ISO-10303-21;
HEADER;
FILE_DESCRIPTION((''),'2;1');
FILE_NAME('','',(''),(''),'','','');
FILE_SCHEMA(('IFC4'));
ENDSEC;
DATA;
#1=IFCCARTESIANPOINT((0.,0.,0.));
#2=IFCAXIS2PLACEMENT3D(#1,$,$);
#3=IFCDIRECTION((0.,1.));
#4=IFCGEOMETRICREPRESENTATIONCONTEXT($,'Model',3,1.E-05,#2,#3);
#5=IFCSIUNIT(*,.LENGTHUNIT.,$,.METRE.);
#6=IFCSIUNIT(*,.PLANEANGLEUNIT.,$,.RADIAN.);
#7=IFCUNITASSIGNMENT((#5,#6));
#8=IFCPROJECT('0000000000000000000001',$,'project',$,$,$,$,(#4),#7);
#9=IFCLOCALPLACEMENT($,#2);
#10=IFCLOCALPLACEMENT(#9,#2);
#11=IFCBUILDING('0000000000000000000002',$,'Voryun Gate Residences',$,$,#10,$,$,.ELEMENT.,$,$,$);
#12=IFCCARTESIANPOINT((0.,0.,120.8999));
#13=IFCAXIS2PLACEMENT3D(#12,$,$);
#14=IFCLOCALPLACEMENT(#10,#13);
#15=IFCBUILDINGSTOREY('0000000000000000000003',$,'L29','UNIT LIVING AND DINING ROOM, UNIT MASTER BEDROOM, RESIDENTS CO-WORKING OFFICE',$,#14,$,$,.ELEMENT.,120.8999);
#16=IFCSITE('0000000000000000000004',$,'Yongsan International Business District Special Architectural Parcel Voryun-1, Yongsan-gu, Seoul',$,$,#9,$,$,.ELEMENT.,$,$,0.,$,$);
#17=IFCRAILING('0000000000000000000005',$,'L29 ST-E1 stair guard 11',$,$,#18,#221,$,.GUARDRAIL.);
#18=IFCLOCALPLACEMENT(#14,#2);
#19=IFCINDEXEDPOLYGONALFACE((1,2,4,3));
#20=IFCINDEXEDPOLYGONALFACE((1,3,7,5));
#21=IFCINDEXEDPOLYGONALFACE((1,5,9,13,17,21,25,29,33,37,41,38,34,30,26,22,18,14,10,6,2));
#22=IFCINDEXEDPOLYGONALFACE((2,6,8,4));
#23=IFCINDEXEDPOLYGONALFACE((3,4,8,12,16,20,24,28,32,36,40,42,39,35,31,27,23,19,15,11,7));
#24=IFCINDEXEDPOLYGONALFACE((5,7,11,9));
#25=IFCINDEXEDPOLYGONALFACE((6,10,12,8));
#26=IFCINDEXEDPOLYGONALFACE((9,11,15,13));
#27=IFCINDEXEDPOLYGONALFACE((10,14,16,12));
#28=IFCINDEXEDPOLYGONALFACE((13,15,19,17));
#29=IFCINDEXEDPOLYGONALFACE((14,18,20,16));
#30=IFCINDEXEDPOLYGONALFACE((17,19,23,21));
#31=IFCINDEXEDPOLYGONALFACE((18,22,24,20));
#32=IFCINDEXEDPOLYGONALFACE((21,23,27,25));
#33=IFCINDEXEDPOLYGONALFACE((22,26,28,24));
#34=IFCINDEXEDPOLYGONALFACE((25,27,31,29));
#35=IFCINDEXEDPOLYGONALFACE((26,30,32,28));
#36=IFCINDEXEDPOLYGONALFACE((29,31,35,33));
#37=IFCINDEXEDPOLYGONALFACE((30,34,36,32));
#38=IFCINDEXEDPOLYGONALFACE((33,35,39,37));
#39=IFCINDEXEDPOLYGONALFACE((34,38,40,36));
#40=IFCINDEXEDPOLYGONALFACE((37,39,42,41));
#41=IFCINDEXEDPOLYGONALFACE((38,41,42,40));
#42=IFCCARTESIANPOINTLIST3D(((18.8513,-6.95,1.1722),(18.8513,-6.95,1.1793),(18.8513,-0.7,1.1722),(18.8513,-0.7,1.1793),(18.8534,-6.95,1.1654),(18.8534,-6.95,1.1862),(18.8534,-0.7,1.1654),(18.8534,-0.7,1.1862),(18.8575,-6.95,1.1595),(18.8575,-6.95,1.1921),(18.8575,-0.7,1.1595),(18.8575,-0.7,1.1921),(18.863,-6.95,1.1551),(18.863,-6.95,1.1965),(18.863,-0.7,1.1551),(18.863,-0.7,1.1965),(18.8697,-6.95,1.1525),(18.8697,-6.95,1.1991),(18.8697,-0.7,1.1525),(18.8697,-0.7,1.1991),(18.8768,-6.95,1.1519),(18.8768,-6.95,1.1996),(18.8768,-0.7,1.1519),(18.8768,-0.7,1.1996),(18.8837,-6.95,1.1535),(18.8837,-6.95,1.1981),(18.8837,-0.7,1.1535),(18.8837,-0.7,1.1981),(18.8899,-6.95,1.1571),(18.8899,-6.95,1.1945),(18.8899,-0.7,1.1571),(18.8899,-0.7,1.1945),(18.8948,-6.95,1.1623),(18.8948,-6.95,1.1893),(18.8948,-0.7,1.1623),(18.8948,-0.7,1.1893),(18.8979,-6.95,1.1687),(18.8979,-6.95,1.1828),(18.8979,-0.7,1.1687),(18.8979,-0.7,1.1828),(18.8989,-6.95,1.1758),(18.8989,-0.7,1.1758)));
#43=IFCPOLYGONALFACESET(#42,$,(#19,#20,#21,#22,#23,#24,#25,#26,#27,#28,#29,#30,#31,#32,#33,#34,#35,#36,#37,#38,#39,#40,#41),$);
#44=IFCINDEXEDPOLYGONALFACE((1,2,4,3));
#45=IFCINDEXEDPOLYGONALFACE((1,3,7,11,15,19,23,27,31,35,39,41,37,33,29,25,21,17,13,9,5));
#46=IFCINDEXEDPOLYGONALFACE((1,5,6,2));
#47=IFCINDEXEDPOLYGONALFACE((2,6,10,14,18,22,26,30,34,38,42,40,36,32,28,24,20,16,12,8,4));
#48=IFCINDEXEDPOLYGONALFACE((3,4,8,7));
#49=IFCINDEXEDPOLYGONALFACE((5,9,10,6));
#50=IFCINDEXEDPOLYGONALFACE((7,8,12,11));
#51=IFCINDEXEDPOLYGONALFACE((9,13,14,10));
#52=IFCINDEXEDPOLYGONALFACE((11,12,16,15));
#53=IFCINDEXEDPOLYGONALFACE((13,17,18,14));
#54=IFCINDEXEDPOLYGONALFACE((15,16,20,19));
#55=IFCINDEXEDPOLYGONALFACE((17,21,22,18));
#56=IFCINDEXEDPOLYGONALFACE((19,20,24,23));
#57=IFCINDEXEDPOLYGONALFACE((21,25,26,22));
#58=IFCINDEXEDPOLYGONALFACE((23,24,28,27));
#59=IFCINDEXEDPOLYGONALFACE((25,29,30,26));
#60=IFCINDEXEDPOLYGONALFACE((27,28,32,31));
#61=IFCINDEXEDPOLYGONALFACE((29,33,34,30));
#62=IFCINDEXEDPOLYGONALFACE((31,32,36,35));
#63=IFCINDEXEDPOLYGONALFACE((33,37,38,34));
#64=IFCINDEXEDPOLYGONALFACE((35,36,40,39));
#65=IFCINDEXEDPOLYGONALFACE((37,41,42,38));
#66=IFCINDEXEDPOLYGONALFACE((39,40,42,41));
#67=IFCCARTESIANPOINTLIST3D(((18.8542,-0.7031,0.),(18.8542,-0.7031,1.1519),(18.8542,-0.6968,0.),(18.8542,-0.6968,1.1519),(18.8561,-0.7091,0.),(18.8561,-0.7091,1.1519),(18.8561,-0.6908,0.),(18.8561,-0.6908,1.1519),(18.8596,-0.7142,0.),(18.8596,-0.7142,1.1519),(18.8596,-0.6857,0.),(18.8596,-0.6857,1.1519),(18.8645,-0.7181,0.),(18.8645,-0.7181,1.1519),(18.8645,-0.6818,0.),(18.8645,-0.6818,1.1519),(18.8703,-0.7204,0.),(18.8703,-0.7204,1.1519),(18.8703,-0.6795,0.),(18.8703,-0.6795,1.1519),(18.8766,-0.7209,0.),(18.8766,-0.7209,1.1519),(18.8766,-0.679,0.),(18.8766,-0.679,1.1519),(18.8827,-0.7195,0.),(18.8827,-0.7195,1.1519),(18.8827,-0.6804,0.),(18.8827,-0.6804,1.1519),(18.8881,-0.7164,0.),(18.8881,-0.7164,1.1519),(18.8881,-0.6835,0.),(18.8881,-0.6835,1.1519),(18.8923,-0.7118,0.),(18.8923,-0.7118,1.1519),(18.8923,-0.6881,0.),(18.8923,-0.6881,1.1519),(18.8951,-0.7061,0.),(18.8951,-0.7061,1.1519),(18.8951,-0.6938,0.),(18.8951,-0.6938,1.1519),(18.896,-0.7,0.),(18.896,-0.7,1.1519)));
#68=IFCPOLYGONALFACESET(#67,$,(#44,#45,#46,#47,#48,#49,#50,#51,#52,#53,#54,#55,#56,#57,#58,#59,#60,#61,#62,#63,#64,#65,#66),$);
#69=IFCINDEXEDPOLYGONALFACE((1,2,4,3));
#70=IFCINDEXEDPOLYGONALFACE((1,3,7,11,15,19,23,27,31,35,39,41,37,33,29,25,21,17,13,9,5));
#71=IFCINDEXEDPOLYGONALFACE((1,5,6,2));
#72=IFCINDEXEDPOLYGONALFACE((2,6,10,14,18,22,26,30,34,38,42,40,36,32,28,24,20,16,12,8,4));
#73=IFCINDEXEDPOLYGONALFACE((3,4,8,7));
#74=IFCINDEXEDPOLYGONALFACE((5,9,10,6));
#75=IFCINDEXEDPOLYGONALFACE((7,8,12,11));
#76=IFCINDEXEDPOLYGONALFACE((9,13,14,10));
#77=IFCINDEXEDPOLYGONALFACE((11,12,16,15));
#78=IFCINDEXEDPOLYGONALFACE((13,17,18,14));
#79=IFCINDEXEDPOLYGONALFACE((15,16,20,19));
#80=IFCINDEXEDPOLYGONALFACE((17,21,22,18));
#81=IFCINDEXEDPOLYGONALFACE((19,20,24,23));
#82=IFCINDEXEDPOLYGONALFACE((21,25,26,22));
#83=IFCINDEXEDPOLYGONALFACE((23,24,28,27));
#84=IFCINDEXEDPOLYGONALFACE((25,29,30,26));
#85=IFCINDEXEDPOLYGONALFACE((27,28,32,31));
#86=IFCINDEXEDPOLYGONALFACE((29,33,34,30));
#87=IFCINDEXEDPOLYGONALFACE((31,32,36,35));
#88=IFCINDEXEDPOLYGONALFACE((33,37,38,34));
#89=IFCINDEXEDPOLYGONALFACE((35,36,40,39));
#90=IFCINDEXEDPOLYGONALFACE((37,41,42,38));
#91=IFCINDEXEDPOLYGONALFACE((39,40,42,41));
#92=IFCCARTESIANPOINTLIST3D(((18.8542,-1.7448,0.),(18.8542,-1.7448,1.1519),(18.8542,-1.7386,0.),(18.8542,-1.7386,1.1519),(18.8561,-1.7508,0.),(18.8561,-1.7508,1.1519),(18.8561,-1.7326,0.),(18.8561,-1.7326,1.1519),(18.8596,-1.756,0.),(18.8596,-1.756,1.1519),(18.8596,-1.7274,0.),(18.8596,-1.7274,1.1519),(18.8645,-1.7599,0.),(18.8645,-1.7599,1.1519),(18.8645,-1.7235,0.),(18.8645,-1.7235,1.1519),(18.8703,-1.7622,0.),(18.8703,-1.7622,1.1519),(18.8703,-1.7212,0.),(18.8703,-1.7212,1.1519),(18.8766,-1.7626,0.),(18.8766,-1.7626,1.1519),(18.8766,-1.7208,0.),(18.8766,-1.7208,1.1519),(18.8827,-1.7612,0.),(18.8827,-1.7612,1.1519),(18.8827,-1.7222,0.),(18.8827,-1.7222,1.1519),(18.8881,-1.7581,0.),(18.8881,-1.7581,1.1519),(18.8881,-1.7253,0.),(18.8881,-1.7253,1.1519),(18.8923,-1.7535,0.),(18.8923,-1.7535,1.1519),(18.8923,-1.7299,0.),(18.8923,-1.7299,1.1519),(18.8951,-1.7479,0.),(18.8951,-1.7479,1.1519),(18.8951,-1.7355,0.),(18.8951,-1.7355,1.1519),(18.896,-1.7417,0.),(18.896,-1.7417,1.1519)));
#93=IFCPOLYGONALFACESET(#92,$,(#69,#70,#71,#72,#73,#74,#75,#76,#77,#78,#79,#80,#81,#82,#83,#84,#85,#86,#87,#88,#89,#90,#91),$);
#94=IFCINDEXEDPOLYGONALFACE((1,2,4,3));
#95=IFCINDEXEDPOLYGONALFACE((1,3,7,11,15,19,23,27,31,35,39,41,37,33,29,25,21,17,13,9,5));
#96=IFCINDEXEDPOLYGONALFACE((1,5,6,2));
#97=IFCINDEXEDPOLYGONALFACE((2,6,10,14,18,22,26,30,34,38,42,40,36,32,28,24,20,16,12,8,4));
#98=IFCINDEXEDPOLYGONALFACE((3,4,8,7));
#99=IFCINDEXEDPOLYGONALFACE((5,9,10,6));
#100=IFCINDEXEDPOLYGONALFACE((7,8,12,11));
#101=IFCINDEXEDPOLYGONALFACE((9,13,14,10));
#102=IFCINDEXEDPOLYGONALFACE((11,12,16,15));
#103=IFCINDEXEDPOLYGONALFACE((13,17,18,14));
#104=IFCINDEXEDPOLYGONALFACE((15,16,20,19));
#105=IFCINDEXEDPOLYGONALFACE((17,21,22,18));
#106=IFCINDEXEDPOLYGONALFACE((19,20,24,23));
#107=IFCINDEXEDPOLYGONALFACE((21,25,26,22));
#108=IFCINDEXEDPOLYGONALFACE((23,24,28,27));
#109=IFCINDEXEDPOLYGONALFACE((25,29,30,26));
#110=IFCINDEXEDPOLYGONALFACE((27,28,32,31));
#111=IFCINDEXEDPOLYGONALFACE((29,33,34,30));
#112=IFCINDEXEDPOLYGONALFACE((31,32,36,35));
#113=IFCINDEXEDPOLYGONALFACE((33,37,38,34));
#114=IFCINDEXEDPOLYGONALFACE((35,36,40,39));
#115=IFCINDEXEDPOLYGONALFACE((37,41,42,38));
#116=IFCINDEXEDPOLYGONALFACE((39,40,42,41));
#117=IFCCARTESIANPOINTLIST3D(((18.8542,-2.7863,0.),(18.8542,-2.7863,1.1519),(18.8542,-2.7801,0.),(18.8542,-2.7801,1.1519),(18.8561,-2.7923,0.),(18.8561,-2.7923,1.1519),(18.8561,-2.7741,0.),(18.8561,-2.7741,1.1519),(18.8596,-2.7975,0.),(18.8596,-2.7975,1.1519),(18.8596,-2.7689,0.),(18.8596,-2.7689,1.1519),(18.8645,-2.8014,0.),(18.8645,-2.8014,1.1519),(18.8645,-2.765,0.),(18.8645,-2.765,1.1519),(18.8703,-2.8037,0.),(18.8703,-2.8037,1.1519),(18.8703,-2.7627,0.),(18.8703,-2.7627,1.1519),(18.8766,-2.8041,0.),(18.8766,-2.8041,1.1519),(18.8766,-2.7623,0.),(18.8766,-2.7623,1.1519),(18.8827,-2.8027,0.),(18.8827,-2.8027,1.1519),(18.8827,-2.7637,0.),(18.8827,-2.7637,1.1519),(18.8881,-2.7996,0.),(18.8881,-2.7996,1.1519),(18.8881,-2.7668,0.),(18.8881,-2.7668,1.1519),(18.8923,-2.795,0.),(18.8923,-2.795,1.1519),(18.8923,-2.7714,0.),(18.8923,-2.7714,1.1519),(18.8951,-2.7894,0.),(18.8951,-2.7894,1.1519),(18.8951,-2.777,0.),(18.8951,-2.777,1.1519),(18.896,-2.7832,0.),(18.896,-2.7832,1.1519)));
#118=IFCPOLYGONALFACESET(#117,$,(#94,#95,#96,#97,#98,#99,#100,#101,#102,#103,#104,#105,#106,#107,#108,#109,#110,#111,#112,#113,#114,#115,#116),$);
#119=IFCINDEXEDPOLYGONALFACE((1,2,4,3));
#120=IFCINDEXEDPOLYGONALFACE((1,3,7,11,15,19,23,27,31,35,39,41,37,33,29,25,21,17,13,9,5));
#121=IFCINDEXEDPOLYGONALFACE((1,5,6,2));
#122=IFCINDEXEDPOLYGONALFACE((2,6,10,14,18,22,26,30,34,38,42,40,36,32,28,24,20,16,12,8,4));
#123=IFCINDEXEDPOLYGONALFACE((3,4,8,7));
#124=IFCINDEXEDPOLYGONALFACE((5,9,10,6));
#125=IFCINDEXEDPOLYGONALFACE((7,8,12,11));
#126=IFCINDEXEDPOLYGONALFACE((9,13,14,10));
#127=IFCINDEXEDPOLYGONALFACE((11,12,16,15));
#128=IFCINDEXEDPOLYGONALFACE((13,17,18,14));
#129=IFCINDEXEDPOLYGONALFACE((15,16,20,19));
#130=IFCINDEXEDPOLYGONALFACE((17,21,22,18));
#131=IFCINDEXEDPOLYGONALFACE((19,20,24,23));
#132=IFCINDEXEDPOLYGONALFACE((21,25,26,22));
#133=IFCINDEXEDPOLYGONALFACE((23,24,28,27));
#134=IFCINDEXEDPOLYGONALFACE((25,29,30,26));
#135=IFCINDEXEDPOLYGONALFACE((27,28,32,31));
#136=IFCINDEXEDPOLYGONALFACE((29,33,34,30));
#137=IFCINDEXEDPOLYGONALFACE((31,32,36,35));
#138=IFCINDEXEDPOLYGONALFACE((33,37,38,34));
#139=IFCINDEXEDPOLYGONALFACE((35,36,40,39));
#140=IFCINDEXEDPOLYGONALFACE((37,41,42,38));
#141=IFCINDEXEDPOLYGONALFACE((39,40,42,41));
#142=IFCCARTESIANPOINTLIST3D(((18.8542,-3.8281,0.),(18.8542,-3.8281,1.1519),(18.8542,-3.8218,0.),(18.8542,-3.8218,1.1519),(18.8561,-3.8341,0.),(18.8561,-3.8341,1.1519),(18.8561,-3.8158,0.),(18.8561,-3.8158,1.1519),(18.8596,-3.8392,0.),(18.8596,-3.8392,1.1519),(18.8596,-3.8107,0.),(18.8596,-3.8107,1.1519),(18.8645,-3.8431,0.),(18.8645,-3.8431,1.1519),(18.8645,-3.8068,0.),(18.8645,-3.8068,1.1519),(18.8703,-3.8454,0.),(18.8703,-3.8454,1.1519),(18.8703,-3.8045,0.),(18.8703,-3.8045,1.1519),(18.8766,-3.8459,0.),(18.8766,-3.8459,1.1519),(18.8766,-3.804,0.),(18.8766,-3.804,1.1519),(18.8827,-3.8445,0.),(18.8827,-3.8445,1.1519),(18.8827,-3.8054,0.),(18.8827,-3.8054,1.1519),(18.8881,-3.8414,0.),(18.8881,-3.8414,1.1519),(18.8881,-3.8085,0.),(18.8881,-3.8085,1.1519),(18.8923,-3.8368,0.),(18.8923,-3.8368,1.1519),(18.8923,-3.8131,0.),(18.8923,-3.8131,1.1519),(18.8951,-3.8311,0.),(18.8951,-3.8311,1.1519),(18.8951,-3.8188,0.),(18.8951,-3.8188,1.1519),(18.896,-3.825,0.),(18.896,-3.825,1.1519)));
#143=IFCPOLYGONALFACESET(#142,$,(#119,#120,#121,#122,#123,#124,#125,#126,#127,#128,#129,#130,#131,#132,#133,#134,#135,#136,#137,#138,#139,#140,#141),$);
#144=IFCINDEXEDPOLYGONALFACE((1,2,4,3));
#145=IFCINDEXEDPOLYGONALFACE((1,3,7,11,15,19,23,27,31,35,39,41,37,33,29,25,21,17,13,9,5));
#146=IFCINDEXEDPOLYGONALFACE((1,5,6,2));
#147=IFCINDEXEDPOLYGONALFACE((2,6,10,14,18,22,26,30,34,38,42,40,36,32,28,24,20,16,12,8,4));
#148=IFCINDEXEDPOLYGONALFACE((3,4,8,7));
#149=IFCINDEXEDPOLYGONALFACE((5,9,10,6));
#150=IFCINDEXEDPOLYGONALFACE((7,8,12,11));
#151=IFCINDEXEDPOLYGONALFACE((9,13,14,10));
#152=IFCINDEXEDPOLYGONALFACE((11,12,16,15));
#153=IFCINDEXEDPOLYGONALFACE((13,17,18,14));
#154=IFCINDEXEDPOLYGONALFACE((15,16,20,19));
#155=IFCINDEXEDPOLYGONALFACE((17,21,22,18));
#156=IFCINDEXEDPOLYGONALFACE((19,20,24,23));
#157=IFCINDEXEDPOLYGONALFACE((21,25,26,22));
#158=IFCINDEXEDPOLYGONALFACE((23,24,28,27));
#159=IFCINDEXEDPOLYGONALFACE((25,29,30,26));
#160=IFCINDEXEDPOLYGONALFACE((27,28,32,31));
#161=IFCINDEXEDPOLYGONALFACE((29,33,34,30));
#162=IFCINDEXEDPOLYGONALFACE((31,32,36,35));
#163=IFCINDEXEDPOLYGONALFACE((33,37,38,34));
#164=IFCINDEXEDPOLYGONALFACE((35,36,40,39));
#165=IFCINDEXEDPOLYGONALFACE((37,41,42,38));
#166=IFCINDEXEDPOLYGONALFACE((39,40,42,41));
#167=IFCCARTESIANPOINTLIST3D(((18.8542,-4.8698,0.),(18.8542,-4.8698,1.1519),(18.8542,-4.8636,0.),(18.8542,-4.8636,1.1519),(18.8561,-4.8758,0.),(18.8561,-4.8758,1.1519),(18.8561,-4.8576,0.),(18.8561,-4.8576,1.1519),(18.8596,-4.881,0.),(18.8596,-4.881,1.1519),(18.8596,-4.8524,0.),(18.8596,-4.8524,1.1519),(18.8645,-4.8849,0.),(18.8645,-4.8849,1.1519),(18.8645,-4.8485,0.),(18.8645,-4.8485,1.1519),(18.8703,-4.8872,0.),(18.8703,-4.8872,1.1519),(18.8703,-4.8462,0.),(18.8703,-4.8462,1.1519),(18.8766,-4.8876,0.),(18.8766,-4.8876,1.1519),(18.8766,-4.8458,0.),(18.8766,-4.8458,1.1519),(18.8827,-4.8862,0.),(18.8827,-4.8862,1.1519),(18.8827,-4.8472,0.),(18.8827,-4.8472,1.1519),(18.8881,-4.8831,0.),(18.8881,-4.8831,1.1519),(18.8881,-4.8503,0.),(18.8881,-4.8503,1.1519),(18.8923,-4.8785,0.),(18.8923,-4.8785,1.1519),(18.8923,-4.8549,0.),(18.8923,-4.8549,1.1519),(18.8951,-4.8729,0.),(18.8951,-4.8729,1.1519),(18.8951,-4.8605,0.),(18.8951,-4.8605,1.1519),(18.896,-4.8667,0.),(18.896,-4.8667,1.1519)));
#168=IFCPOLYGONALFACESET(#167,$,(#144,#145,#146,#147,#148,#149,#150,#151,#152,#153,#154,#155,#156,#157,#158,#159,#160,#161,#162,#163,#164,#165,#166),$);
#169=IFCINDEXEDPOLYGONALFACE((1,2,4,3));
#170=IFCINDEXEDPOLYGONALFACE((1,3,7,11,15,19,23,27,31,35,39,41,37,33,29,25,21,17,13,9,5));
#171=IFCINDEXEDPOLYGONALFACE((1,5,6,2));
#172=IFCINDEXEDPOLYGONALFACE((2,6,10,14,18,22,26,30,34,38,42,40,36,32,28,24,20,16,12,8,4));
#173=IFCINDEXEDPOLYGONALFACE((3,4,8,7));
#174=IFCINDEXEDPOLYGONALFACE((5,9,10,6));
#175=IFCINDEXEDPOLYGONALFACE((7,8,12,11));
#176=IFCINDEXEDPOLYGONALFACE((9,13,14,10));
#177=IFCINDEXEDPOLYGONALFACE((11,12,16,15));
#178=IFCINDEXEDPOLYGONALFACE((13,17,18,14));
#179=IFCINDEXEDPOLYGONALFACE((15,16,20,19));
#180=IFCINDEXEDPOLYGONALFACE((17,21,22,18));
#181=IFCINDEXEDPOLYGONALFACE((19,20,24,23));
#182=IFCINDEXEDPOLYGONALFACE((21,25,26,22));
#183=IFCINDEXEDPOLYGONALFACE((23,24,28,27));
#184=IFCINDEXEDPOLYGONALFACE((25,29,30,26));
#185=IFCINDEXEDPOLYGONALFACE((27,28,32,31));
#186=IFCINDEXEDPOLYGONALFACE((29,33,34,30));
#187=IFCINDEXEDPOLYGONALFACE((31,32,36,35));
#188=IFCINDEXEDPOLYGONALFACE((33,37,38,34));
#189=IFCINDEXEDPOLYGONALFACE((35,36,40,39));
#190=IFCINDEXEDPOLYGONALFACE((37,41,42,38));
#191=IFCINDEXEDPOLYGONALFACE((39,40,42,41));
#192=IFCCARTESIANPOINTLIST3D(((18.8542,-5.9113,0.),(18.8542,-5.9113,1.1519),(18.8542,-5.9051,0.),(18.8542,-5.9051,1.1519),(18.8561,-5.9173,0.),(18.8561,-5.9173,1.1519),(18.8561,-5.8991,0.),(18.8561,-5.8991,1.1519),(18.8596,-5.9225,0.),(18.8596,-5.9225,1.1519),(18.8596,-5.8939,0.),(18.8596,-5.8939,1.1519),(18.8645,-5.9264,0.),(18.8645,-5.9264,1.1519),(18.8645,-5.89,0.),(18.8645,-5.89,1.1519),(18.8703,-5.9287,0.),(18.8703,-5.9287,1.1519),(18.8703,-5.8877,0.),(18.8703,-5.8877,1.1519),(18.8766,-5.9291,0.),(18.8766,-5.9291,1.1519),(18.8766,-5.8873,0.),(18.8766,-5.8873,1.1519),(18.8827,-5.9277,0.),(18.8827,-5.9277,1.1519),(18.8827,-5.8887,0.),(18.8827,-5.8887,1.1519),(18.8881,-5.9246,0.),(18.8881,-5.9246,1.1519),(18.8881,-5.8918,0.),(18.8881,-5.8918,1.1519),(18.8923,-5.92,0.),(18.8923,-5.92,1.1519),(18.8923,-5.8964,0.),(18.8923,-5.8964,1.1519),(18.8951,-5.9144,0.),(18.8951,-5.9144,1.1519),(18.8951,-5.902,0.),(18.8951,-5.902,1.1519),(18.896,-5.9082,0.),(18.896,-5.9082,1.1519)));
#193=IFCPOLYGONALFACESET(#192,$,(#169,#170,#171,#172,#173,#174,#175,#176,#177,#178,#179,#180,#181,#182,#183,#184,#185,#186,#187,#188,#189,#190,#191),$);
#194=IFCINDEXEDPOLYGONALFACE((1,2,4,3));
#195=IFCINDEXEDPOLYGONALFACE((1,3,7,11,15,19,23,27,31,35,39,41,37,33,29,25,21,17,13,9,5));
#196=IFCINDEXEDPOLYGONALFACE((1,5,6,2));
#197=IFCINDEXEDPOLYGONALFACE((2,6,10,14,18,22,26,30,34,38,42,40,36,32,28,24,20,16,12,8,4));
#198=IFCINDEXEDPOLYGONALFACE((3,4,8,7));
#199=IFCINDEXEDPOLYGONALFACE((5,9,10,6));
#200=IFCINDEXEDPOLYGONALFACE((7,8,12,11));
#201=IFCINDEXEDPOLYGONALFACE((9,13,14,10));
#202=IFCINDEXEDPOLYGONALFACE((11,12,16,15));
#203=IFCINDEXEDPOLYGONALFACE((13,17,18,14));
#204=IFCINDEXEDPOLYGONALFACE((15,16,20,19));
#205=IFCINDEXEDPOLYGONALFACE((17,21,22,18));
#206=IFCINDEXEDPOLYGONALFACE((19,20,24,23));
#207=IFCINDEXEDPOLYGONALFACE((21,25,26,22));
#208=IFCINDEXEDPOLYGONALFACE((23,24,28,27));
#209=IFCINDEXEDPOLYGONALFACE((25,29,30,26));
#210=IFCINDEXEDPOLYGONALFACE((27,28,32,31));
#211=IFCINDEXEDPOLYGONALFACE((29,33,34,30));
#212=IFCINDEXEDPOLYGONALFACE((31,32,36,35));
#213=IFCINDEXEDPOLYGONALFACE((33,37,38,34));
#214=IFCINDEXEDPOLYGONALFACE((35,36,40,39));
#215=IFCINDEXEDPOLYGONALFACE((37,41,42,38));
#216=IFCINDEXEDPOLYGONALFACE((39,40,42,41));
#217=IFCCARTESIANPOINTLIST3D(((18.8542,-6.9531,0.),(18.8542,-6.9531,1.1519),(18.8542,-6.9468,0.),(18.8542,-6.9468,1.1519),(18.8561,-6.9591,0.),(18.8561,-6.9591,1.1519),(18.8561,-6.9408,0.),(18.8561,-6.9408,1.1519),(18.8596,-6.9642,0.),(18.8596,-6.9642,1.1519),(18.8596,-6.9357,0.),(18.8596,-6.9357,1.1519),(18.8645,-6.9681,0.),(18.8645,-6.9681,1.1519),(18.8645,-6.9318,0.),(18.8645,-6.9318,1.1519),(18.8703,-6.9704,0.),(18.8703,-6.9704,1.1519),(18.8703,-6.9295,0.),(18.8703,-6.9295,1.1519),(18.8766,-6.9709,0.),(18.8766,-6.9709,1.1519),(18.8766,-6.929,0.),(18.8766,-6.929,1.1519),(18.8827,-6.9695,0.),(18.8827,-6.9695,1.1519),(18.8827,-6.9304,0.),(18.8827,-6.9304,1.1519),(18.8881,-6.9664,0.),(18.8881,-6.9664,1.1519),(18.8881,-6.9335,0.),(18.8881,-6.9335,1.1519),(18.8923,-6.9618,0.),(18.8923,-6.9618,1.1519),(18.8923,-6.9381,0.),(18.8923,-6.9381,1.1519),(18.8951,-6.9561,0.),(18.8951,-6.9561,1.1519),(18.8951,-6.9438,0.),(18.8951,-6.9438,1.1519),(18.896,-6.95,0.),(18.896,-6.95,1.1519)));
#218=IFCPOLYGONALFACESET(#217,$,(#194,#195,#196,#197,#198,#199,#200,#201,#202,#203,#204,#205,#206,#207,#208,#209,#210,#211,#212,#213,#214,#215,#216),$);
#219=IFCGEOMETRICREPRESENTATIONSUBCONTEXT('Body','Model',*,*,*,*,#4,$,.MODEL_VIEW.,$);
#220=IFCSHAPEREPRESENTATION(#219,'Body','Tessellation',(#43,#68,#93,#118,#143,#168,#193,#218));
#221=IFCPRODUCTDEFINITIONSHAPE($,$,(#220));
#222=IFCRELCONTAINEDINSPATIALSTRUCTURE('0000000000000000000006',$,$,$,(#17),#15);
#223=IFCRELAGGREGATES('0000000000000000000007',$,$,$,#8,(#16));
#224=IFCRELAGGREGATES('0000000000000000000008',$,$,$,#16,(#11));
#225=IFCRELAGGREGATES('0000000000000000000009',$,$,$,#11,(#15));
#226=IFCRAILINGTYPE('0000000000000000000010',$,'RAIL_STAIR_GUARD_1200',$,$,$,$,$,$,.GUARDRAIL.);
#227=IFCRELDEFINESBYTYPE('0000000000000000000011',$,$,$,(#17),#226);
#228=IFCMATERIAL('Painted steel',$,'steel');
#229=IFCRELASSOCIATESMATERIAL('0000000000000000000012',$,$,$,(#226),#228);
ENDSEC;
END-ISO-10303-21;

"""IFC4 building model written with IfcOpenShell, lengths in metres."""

from ifc_helpers import new_model, si_unit, direction, frame, origin, origin_2d, place, context, subcontext, project, spatial, circle, extrude, material, type_object, element, save


model = new_model("IFC4")

# Units and contexts
model_context = context("Model", 3, precision=1e-05, world=origin(), true_north=direction((0.0, 1.0)))
body_context = subcontext(model_context, "Body", "Model", "MODEL_VIEW")
ifc_project = project(units=[si_unit("LENGTHUNIT", "METRE"), si_unit("PLANEANGLEUNIT", "RADIAN")], contexts=[model_context])

# Site, building, storey
site_placement = place(None, origin())
site = spatial("IfcSite", under=ifc_project, at=site_placement, Name="Yongsan International Business District Special Architectural Parcel Voryun-1, Yongsan-gu, Seoul", CompositionType="ELEMENT", RefElevation=0.0)
building_placement = place(site_placement, origin())
building = spatial("IfcBuilding", under=site, at=building_placement, Name="Voryun Gate Residences", CompositionType="ELEMENT")
storey_placement = place(building_placement, frame((0.0, 0.0, 120.8999)))
storey = spatial("IfcBuildingStorey", under=building, at=storey_placement, Name="L29", Description="UNIT LIVING AND DINING ROOM, UNIT MASTER BEDROOM, RESIDENTS CO-WORKING OFFICE", CompositionType="ELEMENT", Elevation=120.8999)

# Railing
ifc_material_1 = material(Name="Painted steel", Category="steel")
railing_type = type_object("IfcRailingType", Name="RAIL_STAIR_GUARD_1200", PredefinedType="GUARDRAIL", material=ifc_material_1)
railing_1_placement = place(storey_placement, frame((18.875, -0.7, 0.0)))
element("IfcRailing", 1, at=railing_1_placement, inside=storey, type_object=railing_type, Name="L29 ST-E1 stair guard 11", PredefinedType="GUARDRAIL", context=body_context, shape_type="SweptSolid", body=[
    extrude(circle(Radius=0.0239, at=origin_2d()), frame((0.0, 0.0, 1.1758), z_axis=(0.0, -1.0, 0.0), x_axis=(1.0, 0.0, 0.0)), (0.0, 0.0, 1.0), 6.25),
    extrude(circle(Radius=0.021, at=origin_2d()), origin(), (0.0, 0.0, 1.0), 1.1519),
    extrude(circle(Radius=0.021, at=origin_2d()), frame((0.0, -1.0417, 0.0)), (0.0, 0.0, 1.0), 1.1519),
    extrude(circle(Radius=0.021, at=origin_2d()), frame((0.0, -2.0833, 0.0)), (0.0, 0.0, 1.0), 1.1519),
    extrude(circle(Radius=0.021, at=origin_2d()), frame((0.0, -3.125, 0.0)), (0.0, 0.0, 1.0), 1.1519),
    extrude(circle(Radius=0.021, at=origin_2d()), frame((0.0, -4.1667, 0.0)), (0.0, 0.0, 1.0), 1.1519),
    extrude(circle(Radius=0.021, at=origin_2d()), frame((0.0, -5.2083, 0.0)), (0.0, 0.0, 1.0), 1.1519),
    extrude(circle(Radius=0.021, at=origin_2d()), frame((0.0, -6.25, 0.0)), (0.0, 0.0, 1.0), 1.1519),
])

save(model, "model.ifc")
